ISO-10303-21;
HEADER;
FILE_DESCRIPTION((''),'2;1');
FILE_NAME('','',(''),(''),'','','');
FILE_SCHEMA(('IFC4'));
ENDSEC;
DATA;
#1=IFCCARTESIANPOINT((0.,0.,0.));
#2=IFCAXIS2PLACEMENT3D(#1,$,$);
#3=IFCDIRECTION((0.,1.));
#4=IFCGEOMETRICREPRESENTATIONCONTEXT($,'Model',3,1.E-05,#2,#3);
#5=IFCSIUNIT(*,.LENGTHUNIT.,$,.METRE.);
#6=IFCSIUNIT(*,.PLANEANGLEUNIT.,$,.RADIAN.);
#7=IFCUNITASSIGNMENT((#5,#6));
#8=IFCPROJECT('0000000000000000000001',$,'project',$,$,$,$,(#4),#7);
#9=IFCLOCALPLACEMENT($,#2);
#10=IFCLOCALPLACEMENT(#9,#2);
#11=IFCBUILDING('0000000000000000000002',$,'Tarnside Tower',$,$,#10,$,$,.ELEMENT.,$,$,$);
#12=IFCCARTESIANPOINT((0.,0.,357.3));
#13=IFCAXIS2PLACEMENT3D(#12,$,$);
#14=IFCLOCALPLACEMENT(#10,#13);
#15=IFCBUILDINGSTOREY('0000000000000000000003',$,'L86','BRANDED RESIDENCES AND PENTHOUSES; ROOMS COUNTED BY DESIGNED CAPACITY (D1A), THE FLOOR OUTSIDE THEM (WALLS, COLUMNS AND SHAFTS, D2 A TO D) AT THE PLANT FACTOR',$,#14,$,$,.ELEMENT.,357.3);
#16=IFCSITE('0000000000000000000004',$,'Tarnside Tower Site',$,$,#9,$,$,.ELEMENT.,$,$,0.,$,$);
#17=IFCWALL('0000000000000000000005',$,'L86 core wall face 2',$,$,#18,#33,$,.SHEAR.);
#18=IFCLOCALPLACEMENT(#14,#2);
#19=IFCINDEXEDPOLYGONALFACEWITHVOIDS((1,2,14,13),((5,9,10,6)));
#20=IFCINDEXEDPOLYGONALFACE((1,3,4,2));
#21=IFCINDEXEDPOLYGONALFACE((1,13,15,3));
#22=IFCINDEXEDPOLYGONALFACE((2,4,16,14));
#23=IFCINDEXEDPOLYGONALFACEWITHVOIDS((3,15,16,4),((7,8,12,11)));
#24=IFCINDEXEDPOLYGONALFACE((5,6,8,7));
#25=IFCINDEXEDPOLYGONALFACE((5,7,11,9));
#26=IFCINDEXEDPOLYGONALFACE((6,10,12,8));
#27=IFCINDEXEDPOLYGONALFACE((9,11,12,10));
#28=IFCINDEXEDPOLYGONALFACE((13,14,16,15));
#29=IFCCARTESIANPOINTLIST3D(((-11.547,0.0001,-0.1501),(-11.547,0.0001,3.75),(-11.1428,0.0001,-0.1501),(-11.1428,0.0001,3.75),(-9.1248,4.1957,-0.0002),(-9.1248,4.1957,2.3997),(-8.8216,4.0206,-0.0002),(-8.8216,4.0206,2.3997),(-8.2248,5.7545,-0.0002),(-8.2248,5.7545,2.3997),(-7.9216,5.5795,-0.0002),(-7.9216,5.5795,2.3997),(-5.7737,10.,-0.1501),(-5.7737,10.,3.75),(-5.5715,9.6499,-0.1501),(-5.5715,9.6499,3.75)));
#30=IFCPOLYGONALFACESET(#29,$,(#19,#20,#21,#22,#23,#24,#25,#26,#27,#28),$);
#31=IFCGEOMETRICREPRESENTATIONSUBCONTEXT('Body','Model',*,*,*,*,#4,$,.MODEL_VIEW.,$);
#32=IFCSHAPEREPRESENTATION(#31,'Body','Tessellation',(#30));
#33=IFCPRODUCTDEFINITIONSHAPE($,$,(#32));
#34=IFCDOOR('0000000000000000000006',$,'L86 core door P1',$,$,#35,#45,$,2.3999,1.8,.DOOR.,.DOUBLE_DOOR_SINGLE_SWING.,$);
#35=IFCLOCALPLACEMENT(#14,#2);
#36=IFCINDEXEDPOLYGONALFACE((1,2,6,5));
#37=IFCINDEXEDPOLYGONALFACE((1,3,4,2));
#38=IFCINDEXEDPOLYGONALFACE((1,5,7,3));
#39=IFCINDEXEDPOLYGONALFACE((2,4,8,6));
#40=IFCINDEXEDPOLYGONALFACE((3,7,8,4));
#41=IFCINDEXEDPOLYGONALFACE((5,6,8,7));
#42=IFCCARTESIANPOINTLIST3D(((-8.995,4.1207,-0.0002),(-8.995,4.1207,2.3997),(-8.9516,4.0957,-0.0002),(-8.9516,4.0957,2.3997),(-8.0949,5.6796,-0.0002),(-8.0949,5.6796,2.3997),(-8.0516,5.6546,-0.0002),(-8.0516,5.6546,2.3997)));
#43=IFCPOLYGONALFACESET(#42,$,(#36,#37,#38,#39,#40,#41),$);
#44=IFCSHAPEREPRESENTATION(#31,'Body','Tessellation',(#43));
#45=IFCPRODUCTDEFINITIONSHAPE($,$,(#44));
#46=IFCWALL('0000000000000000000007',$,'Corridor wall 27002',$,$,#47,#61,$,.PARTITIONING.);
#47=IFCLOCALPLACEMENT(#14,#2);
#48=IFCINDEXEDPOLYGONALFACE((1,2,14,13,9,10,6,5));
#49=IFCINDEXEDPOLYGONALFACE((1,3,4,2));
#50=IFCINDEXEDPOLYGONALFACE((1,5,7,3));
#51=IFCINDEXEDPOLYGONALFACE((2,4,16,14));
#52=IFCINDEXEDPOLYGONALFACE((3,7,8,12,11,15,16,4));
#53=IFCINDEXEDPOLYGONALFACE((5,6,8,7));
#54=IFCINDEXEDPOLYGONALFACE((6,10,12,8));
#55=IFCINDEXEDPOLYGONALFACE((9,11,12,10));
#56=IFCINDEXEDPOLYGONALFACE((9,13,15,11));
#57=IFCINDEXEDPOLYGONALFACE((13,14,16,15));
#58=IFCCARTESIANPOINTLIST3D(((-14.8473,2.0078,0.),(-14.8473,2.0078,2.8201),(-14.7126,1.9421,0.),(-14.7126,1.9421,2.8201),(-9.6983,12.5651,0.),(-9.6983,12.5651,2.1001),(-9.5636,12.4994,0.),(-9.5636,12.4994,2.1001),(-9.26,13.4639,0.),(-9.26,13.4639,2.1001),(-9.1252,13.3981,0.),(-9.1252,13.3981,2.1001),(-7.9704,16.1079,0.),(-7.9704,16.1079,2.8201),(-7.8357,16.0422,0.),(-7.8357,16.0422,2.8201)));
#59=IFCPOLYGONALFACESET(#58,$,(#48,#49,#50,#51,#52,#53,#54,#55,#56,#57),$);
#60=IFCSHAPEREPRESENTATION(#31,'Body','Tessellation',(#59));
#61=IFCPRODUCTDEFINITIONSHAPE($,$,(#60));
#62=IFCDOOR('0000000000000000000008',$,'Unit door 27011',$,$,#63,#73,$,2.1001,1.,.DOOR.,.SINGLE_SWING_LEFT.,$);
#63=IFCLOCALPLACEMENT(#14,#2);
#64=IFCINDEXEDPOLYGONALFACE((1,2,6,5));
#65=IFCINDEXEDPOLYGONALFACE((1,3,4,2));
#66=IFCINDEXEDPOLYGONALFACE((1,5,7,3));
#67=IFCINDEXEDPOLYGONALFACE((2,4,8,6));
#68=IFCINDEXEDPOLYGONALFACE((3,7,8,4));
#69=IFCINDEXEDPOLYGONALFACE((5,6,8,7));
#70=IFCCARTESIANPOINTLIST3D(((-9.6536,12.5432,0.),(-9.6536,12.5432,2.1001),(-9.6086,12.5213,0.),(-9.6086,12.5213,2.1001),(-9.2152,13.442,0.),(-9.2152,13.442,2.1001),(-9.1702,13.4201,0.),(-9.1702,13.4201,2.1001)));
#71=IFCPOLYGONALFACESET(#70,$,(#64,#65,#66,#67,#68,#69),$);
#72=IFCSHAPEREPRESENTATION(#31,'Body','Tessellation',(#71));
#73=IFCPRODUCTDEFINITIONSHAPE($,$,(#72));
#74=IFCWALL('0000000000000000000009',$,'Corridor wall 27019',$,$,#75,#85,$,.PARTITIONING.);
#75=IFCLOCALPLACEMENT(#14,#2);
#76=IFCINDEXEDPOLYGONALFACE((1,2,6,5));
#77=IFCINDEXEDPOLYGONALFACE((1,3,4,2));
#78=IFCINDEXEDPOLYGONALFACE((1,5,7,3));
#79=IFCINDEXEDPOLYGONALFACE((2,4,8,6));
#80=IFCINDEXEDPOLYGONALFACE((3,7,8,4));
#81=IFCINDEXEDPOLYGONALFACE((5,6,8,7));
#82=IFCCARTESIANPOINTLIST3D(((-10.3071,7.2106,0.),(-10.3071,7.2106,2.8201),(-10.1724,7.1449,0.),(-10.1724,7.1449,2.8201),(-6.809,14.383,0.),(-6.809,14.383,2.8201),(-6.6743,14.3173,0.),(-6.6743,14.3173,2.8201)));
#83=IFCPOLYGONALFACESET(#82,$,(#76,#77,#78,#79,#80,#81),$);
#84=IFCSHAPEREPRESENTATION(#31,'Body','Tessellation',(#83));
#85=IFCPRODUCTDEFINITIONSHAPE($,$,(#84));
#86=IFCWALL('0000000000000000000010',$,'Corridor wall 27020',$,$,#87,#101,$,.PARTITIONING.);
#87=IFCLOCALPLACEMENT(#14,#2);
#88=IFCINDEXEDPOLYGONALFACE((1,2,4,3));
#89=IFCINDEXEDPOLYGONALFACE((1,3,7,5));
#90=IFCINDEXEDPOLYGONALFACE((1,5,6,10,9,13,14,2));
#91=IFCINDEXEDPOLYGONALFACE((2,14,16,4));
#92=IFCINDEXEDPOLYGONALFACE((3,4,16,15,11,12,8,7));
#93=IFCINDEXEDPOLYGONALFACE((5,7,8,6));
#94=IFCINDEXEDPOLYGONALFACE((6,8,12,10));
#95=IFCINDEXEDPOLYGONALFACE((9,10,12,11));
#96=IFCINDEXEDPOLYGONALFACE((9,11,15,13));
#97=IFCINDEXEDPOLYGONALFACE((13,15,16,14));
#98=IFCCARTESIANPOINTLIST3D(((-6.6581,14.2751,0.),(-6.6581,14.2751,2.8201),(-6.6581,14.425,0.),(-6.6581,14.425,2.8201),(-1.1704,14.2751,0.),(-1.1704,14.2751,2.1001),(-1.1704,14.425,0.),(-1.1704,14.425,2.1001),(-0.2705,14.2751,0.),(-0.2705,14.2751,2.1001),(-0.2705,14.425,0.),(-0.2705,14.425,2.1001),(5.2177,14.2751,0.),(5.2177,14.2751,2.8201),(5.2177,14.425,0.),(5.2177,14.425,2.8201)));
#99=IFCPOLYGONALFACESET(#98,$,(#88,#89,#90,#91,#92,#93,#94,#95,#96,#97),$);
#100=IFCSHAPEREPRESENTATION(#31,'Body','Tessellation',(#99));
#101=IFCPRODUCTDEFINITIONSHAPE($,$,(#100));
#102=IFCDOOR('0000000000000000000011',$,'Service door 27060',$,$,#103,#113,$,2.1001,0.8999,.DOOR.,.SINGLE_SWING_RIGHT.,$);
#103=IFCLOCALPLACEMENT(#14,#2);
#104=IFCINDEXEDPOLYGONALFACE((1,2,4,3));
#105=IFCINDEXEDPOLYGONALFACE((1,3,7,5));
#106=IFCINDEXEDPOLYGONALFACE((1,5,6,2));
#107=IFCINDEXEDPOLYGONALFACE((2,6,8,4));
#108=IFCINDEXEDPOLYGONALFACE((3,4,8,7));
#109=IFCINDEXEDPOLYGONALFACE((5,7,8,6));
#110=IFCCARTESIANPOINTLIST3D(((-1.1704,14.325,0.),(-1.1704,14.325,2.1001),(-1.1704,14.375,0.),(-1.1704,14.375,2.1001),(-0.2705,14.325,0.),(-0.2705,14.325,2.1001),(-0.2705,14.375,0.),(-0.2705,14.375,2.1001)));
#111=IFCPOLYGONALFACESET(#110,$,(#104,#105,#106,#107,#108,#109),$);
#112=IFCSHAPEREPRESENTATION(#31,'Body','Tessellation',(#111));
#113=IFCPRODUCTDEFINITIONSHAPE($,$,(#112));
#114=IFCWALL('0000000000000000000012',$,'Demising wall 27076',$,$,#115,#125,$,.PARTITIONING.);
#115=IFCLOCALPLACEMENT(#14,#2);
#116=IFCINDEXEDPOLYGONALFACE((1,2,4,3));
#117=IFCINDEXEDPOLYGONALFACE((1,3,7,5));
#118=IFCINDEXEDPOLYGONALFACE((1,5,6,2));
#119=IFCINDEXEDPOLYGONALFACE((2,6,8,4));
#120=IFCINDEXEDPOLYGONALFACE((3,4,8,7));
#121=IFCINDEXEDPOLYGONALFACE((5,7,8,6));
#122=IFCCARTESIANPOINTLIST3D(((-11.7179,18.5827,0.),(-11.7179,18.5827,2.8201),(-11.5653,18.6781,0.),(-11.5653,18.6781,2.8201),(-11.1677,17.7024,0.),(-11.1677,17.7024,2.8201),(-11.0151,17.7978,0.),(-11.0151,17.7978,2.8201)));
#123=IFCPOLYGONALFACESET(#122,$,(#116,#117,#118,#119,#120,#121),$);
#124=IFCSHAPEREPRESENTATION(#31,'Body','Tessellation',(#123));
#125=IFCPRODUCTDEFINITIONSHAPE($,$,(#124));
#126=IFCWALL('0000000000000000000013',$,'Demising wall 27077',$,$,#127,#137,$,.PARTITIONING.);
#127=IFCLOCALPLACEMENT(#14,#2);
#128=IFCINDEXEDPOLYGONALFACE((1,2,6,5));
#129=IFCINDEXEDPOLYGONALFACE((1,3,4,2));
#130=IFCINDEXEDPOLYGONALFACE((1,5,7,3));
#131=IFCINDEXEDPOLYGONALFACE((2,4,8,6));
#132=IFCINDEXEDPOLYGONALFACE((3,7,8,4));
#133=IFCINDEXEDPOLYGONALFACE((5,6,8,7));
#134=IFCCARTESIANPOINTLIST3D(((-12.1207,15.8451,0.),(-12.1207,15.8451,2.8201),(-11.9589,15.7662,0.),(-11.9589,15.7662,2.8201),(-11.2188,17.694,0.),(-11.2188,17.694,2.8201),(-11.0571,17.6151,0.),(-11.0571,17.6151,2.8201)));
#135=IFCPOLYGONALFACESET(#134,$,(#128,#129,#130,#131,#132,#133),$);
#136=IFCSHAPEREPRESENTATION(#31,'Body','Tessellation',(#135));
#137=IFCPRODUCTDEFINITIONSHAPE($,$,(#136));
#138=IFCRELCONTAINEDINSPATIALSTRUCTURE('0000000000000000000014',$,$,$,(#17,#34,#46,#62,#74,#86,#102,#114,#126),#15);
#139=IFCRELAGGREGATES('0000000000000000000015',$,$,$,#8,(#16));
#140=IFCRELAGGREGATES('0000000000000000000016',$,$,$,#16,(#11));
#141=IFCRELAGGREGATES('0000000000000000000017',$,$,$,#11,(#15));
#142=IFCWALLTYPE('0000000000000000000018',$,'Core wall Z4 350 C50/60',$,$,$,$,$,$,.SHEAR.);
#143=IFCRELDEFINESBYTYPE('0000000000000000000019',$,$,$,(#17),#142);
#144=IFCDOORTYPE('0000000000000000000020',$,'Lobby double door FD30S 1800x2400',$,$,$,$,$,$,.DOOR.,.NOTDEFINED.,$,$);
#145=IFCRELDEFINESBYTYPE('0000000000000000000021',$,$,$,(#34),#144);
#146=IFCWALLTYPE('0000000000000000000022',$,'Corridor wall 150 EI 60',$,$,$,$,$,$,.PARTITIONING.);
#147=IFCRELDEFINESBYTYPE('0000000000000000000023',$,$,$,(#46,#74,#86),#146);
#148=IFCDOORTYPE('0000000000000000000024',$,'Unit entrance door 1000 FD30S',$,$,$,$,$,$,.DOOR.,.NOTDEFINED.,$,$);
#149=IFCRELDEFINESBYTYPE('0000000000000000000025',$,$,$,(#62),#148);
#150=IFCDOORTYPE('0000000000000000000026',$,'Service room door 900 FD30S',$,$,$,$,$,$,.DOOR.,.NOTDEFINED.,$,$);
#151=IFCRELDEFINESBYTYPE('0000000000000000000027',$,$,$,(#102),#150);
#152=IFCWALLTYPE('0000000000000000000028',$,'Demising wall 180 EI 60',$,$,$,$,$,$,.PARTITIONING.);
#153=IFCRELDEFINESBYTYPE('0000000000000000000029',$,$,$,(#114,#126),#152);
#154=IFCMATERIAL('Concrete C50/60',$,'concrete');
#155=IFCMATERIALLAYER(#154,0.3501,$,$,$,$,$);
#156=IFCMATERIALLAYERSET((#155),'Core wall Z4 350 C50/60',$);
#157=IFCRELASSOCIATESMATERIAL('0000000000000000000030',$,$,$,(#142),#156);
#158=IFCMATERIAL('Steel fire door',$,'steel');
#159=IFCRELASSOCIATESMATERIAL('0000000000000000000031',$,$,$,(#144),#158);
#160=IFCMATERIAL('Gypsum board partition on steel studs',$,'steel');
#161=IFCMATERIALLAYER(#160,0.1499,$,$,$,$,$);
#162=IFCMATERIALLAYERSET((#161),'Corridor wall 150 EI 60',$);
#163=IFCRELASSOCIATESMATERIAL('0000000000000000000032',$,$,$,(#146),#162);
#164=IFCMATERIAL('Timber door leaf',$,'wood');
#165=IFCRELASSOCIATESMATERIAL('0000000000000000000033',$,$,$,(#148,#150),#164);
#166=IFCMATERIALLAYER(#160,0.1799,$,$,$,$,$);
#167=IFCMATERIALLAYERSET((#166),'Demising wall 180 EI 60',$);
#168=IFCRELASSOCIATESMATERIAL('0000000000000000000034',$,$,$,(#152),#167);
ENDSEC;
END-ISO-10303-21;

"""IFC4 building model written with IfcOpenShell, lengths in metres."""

from ifc_helpers import new_model, si_unit, direction, frame, frame_2d, origin, place, context, subcontext, project, spatial, polyline, rectangle, outline, extrude, material, layer, layer_set, type_object, element, fill, save


model = new_model("IFC4")

# Units and contexts
model_context = context("Model", 3, precision=1e-05, world=origin(), true_north=direction((0.0, 1.0)))
body_context = subcontext(model_context, "Body", "Model", "MODEL_VIEW")
ifc_project = project(units=[si_unit("LENGTHUNIT", "METRE"), si_unit("PLANEANGLEUNIT", "RADIAN")], contexts=[model_context])

# Site, building, storey
site_placement = place(None, origin())
site = spatial("IfcSite", under=ifc_project, at=site_placement, Name="Tarnside Tower Site", CompositionType="ELEMENT", RefElevation=0.0)
building_placement = place(site_placement, origin())
building = spatial("IfcBuilding", under=site, at=building_placement, Name="Tarnside Tower", CompositionType="ELEMENT")
storey_placement = place(building_placement, frame((0.0, 0.0, 357.3)))
storey = spatial("IfcBuildingStorey", under=building, at=storey_placement, Name="L86", Description="BRANDED RESIDENCES AND PENTHOUSES; ROOMS COUNTED BY DESIGNED CAPACITY (D1A), THE FLOOR OUTSIDE THEM (WALLS, COLUMNS AND SHAFTS, D2 A TO D) AT THE PLANT FACTOR", CompositionType="ELEMENT", Elevation=357.3)

# Walls, openings, doors
ifc_material_1 = material(Name="Concrete C50/60", Category="concrete")
ifc_layer_1 = layer(ifc_material_1, 0.3501)
ifc_layer_set_1 = layer_set([ifc_layer_1], Name="Core wall Z4 350 C50/60")
wall_type_1 = type_object("IfcWallType", Name="Core wall Z4 350 C50/60", PredefinedType="SHEAR", material=ifc_layer_set_1)
wall_1_placement = place(storey_placement, frame((-5.6726, 9.825, -0.1501), z_axis=(0.0, 0.0, 1.0), x_axis=(-0.499995, -0.866028, 0.0)))
wall_1 = element("IfcWall", 1, at=wall_1_placement, inside=storey, type_object=wall_type_1, Name="L86 core wall face 2", PredefinedType="SHEAR", context=body_context, shape_type="SweptSolid", body=[
    extrude(outline(polyline([(-0.1011, -0.175), (11.4458, -0.175), (11.2437, 0.175), (0.1011, 0.175), (-0.1011, -0.175)])), origin(), (0.0, 0.0, 1.0), 3.9001),
])
opening_1_placement = place(wall_1_placement, frame((4.8013, 0.0, 0.1499)))
opening_1 = element("IfcOpeningElement", 2, at=opening_1_placement, cuts=wall_1, PredefinedType="OPENING", context=body_context, shape_type="SweptSolid", body=[
    extrude(rectangle(XDim=1.8, YDim=2.3999, at=frame_2d((0.8999, 1.2))), frame((0.0, 0.1851, 0.0), z_axis=(0.0, -1.0, 0.0), x_axis=(1.0, 0.0, 0.0)), (0.0, 0.0, 1.0), 0.3701),
])
ifc_material_2 = material(Name="Steel fire door", Category="steel")
door_type_1 = type_object("IfcDoorType", Name="Lobby double door FD30S 1800x2400", OperationType="NOTDEFINED", PredefinedType="DOOR", material=ifc_material_2)
door_1_placement = place(opening_1_placement, origin())
door_1 = element("IfcDoor", 3, at=door_1_placement, inside=storey, type_object=door_type_1, Name="L86 core door P1", OperationType="DOUBLE_DOOR_SINGLE_SWING", OverallHeight=2.3999, OverallWidth=1.8, PredefinedType="DOOR", context=body_context, shape_type="SweptSolid", body=[
    extrude(rectangle(XDim=1.8, YDim=2.3999, at=frame_2d((0.8999, 1.2))), frame((0.0, 0.0249, 0.0), z_axis=(0.0, -1.0, 0.0), x_axis=(1.0, 0.0, 0.0)), (0.0, 0.0, 1.0), 0.05),
])
fill(opening_1, door_1)
ifc_material_3 = material(Name="Gypsum board partition on steel studs", Category="steel")
ifc_layer_2 = layer(ifc_material_3, 0.1499)
ifc_layer_set_2 = layer_set([ifc_layer_2], Name="Corridor wall 150 EI 60")
wall_type_2 = type_object("IfcWallType", Name="Corridor wall 150 EI 60", PredefinedType="PARTITIONING", material=ifc_layer_set_2)
wall_2_placement = place(storey_placement, frame((-7.9031, 16.075, 0.0), z_axis=(0.0, 0.0, 1.0), x_axis=(-0.438365, -0.898797, 0.0)))
wall_2 = element("IfcWall", 4, at=wall_2_placement, inside=storey, type_object=wall_type_2, Name="Corridor wall 27002", PredefinedType="PARTITIONING", context=body_context, shape_type="SweptSolid", body=[
    extrude(rectangle(XDim=15.6877, YDim=0.1499, at=frame_2d((7.8438, 0.0))), origin(), (0.0, 0.0, 1.0), 2.8201),
])
opening_2_placement = place(wall_2_placement, frame((2.9417, 0.0, 0.0)))
opening_2 = element("IfcOpeningElement", 5, at=opening_2_placement, cuts=wall_2, PredefinedType="OPENING", context=body_context, shape_type="SweptSolid", body=[
    extrude(rectangle(XDim=1.0, YDim=2.1001, at=frame_2d((0.5, 1.05))), frame((0.0, 0.085, 0.0), z_axis=(0.0, -1.0, 0.0), x_axis=(1.0, 0.0, 0.0)), (0.0, 0.0, 1.0), 0.1699),
])
ifc_material_4 = material(Name="Timber door leaf", Category="wood")
door_type_2 = type_object("IfcDoorType", Name="Unit entrance door 1000 FD30S", OperationType="NOTDEFINED", PredefinedType="DOOR", material=ifc_material_4)
door_2_placement = place(opening_2_placement, origin())
door_2 = element("IfcDoor", 6, at=door_2_placement, inside=storey, type_object=door_type_2, Name="Unit door 27011", OperationType="SINGLE_SWING_LEFT", OverallHeight=2.1001, OverallWidth=1.0, PredefinedType="DOOR", context=body_context, shape_type="SweptSolid", body=[
    extrude(rectangle(XDim=1.0, YDim=2.1001, at=frame_2d((0.5, 1.05))), frame((0.0, 0.0249, 0.0), z_axis=(0.0, -1.0, 0.0), x_axis=(1.0, 0.0, 0.0)), (0.0, 0.0, 1.0), 0.05),
])
fill(opening_2, door_2)

# Wall
wall_3_placement = place(storey_placement, frame((-10.2397, 7.1777, 0.0), z_axis=(0.0, 0.0, 1.0), x_axis=(0.438356, 0.898801, 0.0)))
element("IfcWall", 7, at=wall_3_placement, inside=storey, type_object=wall_type_2, Name="Corridor wall 27019", PredefinedType="PARTITIONING", context=body_context, shape_type="SweptSolid", body=[
    extrude(rectangle(XDim=7.98, YDim=0.1499, at=frame_2d((3.99, 0.0))), origin(), (0.0, 0.0, 1.0), 2.8201),
])

# Wall, opening, door
wall_4_placement = place(storey_placement, frame((-6.6582, 14.3501, 0.0), z_axis=(0.0, 0.0, 1.0), x_axis=(1.0, 0.0, 0.0)))
wall_4 = element("IfcWall", 8, at=wall_4_placement, inside=storey, type_object=wall_type_2, Name="Corridor wall 27020", PredefinedType="PARTITIONING", context=body_context, shape_type="SweptSolid", body=[
    extrude(rectangle(XDim=11.8757, YDim=0.1499, at=frame_2d((5.938, 0.0))), origin(), (0.0, 0.0, 1.0), 2.8201),
])
opening_3_placement = place(wall_4_placement, frame((5.4878, 0.0, 0.0)))
opening_3 = element("IfcOpeningElement", 9, at=opening_3_placement, cuts=wall_4, PredefinedType="OPENING", context=body_context, shape_type="SweptSolid", body=[
    extrude(rectangle(XDim=0.8999, YDim=2.1001, at=frame_2d((0.45, 1.05))), frame((0.0, 0.085, 0.0), z_axis=(0.0, -1.0, 0.0), x_axis=(1.0, 0.0, 0.0)), (0.0, 0.0, 1.0), 0.1699),
])
door_type_3 = type_object("IfcDoorType", Name="Service room door 900 FD30S", OperationType="NOTDEFINED", PredefinedType="DOOR", material=ifc_material_4)
door_3_placement = place(opening_3_placement, origin())
door_3 = element("IfcDoor", 10, at=door_3_placement, inside=storey, type_object=door_type_3, Name="Service door 27060", OperationType="SINGLE_SWING_RIGHT", OverallHeight=2.1001, OverallWidth=0.8999, PredefinedType="DOOR", context=body_context, shape_type="SweptSolid", body=[
    extrude(rectangle(XDim=0.8999, YDim=2.1001, at=frame_2d((0.45, 1.05))), frame((0.0, 0.0249, 0.0), z_axis=(0.0, -1.0, 0.0), x_axis=(1.0, 0.0, 0.0)), (0.0, 0.0, 1.0), 0.05),
])
fill(opening_3, door_3)

# Walls
ifc_layer_3 = layer(ifc_material_3, 0.1799)
ifc_layer_set_3 = layer_set([ifc_layer_3], Name="Demising wall 180 EI 60")
wall_type_3 = type_object("IfcWallType", Name="Demising wall 180 EI 60", PredefinedType="PARTITIONING", material=ifc_layer_set_3)
wall_5_placement = place(storey_placement, frame((-11.6416, 18.6304, 0.0), z_axis=(0.0, 0.0, 1.0), x_axis=(0.530041, -0.847972, 0.0)))
element("IfcWall", 11, at=wall_5_placement, inside=storey, type_object=wall_type_3, Name="Demising wall 27076", PredefinedType="PARTITIONING", context=body_context, shape_type="SweptSolid", body=[
    extrude(rectangle(XDim=1.0381, YDim=0.1799, at=frame_2d((0.519, 0.0))), origin(), (0.0, 0.0, 1.0), 2.8201),
])
wall_6_placement = place(storey_placement, frame((-11.1379, 17.6545, 0.0), z_axis=(0.0, 0.0, 1.0), x_axis=(-0.43841, -0.898775, 0.0)))
element("IfcWall", 12, at=wall_6_placement, inside=storey, type_object=wall_type_3, Name="Demising wall 27077", PredefinedType="PARTITIONING", context=body_context, shape_type="SweptSolid", body=[
    extrude(rectangle(XDim=2.0571, YDim=0.1799, at=frame_2d((1.0286, 0.0))), origin(), (0.0, 0.0, 1.0), 2.8201),
])

save(model, "model.ifc")
